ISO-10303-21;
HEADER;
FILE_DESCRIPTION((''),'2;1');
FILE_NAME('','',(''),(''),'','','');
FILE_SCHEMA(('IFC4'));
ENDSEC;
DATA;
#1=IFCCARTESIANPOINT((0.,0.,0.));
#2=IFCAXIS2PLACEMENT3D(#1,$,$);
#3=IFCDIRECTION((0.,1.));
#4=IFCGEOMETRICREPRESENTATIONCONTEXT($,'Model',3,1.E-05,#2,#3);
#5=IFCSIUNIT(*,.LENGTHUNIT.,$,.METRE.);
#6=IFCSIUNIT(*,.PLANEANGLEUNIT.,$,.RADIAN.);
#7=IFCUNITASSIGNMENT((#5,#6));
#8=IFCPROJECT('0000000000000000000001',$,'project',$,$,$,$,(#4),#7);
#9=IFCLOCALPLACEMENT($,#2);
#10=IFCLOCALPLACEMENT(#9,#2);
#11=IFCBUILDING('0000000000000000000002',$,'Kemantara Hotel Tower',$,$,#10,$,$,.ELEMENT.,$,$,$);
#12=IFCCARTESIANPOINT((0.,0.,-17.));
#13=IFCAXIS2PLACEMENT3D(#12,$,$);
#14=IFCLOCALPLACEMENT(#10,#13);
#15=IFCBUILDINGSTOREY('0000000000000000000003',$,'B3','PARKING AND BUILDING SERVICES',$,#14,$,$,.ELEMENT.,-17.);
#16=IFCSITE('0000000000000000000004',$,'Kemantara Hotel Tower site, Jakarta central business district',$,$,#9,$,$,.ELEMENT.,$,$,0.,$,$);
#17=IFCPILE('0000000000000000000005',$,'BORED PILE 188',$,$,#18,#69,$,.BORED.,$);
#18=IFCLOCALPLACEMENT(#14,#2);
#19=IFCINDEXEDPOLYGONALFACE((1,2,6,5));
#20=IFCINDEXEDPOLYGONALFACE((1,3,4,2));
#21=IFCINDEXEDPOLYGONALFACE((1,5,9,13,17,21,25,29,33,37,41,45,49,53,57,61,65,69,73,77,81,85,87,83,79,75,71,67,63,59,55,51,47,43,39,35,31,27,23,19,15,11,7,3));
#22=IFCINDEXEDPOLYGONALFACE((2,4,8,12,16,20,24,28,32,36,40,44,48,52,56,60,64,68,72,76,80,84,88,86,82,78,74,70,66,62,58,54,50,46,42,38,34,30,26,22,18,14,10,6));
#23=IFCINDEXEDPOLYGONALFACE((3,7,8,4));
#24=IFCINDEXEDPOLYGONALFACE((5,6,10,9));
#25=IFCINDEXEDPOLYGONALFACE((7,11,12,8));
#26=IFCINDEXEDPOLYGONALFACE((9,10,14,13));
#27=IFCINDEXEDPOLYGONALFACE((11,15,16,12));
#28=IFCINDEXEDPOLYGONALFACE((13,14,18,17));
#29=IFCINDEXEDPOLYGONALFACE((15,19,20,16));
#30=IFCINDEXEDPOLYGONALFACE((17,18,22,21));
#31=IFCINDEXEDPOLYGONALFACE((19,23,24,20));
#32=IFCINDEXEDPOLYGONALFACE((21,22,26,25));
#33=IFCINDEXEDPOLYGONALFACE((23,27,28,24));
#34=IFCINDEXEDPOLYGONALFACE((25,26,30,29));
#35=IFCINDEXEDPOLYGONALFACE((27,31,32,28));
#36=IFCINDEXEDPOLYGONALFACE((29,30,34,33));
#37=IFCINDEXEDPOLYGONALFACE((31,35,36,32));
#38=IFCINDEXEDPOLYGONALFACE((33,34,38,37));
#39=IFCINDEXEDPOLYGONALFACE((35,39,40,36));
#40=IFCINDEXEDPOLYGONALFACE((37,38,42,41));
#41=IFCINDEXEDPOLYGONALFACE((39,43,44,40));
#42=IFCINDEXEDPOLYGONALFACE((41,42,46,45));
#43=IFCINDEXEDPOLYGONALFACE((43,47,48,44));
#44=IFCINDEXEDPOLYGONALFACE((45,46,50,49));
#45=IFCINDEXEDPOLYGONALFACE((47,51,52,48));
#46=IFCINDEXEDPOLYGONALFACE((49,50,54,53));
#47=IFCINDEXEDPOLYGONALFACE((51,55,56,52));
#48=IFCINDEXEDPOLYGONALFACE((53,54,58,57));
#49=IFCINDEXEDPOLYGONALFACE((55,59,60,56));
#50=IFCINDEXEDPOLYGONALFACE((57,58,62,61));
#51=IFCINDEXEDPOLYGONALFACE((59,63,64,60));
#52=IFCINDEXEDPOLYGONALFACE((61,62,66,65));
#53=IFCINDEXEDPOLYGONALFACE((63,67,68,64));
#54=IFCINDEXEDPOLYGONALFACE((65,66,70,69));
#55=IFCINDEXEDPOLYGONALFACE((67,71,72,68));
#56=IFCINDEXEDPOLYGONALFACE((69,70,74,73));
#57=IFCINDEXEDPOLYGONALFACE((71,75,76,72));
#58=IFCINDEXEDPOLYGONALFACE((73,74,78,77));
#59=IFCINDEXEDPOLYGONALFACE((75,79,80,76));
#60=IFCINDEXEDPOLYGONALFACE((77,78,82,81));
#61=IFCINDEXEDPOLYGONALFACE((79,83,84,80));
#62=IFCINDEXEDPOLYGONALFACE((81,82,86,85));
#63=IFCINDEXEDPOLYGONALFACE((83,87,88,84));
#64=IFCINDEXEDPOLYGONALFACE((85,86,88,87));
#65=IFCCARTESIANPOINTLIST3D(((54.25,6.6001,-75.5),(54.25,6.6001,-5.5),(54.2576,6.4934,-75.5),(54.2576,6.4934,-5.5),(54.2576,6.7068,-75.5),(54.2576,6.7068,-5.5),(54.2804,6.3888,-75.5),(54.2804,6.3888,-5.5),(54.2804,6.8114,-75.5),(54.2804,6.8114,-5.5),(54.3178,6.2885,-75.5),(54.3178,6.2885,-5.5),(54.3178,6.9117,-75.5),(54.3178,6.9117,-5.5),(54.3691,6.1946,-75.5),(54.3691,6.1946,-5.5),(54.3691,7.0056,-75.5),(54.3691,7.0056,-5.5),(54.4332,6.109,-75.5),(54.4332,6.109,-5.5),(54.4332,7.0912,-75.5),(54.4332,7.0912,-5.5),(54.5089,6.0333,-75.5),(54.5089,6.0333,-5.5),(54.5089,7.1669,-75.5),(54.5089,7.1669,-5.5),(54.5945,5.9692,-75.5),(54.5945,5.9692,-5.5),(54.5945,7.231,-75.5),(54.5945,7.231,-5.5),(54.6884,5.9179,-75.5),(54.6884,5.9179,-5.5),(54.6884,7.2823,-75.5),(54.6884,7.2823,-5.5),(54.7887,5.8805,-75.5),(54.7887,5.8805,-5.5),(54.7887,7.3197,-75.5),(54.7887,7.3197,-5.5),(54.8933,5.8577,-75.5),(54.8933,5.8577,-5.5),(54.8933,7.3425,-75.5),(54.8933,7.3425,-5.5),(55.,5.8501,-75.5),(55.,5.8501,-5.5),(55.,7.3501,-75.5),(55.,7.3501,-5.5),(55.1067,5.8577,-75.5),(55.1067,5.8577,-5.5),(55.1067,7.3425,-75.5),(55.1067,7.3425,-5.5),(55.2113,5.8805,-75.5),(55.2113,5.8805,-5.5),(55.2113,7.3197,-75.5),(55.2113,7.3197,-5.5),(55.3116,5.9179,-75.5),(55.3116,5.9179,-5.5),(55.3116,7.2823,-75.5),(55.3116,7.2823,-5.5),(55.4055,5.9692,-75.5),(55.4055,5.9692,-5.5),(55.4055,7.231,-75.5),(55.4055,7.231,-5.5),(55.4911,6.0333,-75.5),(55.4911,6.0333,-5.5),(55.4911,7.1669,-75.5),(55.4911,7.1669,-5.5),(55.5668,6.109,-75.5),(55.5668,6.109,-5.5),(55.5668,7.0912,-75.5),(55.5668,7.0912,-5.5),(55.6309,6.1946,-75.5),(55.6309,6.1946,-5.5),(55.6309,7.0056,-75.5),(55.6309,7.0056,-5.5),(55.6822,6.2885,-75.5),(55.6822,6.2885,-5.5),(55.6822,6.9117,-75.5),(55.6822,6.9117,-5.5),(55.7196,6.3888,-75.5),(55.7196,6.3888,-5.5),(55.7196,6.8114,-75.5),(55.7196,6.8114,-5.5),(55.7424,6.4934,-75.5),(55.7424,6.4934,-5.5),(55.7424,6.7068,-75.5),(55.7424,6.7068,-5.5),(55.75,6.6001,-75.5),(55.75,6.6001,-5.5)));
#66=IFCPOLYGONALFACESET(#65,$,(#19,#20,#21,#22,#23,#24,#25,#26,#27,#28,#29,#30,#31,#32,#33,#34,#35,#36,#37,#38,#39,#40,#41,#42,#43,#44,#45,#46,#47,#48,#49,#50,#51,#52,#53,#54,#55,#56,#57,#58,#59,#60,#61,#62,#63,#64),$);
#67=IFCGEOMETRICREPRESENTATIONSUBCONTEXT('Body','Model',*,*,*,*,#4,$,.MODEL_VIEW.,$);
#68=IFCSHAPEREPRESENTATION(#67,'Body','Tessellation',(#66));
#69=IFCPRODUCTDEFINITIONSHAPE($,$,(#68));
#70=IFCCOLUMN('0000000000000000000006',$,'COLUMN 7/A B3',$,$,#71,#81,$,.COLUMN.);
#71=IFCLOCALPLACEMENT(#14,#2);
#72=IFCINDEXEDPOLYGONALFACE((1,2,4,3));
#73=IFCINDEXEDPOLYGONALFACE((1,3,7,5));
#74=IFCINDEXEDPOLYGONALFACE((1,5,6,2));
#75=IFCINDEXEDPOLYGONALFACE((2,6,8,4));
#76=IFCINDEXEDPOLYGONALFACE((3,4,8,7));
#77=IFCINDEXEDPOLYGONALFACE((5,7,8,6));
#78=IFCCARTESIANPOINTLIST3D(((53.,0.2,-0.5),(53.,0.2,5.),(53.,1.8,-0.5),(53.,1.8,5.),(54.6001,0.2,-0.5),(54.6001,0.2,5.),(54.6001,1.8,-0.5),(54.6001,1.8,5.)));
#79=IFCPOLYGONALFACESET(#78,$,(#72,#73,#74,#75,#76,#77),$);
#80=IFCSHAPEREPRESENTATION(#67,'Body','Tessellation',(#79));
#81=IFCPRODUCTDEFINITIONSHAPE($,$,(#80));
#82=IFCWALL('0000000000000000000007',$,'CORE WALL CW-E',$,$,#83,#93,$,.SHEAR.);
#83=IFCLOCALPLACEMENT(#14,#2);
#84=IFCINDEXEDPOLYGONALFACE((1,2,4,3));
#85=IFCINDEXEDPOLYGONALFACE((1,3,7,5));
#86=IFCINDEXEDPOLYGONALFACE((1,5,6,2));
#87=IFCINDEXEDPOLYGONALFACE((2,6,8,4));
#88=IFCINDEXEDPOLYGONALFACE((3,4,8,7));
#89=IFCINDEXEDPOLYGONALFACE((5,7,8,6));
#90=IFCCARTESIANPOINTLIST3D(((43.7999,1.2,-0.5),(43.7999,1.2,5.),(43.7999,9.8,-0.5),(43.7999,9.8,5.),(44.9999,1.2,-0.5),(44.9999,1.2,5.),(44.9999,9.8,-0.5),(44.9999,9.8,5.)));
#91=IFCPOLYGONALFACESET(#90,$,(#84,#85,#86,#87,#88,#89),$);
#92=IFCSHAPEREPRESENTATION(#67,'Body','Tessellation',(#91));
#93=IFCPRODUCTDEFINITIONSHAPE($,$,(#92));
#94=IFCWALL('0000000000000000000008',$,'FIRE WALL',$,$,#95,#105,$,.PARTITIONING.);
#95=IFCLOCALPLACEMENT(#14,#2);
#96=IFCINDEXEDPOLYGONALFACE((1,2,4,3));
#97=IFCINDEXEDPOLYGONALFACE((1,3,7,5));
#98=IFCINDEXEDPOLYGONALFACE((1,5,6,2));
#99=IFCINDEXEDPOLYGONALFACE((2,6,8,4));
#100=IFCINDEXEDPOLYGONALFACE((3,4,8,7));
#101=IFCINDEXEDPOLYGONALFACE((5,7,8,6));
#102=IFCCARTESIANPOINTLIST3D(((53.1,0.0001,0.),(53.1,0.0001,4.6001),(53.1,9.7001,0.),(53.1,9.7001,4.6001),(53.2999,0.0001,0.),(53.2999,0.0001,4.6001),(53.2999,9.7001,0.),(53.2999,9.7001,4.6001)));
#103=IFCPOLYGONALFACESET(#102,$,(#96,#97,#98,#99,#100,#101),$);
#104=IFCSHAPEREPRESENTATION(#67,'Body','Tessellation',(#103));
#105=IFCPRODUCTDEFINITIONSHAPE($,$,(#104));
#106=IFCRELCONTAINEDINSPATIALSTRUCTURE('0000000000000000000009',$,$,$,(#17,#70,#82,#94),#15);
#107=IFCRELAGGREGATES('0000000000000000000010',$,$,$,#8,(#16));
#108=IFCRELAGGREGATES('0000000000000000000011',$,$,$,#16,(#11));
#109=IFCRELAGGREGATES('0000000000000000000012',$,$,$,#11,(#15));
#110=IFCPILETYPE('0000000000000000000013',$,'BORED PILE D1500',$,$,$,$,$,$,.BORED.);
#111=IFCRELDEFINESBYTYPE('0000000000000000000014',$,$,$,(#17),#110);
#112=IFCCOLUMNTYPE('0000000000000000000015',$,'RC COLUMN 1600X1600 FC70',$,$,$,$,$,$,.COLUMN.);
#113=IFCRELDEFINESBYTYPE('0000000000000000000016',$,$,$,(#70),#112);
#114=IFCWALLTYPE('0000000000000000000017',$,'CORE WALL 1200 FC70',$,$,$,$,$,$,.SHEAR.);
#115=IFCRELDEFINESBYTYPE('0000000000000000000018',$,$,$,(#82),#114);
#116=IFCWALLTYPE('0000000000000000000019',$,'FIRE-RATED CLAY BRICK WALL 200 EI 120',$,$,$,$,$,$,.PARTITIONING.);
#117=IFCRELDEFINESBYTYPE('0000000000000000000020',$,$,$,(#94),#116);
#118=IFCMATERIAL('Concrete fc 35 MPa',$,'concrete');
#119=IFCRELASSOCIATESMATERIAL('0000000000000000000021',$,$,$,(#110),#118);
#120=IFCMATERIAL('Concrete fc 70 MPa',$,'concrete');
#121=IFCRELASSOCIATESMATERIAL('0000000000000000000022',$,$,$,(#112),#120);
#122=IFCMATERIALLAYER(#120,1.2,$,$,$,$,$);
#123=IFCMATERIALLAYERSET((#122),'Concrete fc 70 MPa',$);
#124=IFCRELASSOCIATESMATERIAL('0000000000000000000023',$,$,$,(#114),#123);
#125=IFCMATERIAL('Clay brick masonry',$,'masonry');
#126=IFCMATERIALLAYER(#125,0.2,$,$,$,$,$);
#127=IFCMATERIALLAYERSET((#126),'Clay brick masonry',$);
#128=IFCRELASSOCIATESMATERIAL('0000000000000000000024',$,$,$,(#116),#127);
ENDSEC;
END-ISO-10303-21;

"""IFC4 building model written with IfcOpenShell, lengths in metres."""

from ifc_helpers import new_model, si_unit, direction, frame, frame_2d, origin, origin_2d, place, context, subcontext, project, spatial, rectangle, circle, extrude, material, layer, layer_set, material_profile, profile_set, type_object, element, save


model = new_model("IFC4")

# Units and contexts
model_context = context("Model", 3, precision=1e-05, world=origin(), true_north=direction((0.0, 1.0)))
body_context = subcontext(model_context, "Body", "Model", "MODEL_VIEW")
ifc_project = project(units=[si_unit("LENGTHUNIT", "METRE"), si_unit("PLANEANGLEUNIT", "RADIAN")], contexts=[model_context])

# Site, building, storey
site_placement = place(None, origin())
site = spatial("IfcSite", under=ifc_project, at=site_placement, Name="Kemantara Hotel Tower site, Jakarta central business district", CompositionType="ELEMENT", RefElevation=0.0)
building_placement = place(site_placement, origin())
building = spatial("IfcBuilding", under=site, at=building_placement, Name="Kemantara Hotel Tower", CompositionType="ELEMENT")
storey_placement = place(building_placement, frame((0.0, 0.0, -17.0)))
storey = spatial("IfcBuildingStorey", under=building, at=storey_placement, Name="B3", Description="PARKING AND BUILDING SERVICES", CompositionType="ELEMENT", Elevation=-17.0)

# Pile
ifc_material_1 = material(Name="Concrete fc 35 MPa", Category="concrete")
ifc_material_profile_1 = material_profile(ifc_material_1, circle(Radius=0.75, at=origin_2d()), Name="BORED PILE D1500")
ifc_profile_set_1 = profile_set([ifc_material_profile_1], Name="Concrete fc 35 MPa")
pile_type = type_object("IfcPileType", Name="BORED PILE D1500", PredefinedType="BORED", material=ifc_profile_set_1)
for number, where, z_axis, x_axis, name in (
    (1, (55.0, 6.6001, -5.5), (0.0, 0.0, -1.0), (1.0, 0.0, 0.0), "BORED PILE 188"),
):
    element("IfcPile", number, at=place(storey_placement, frame(where, z_axis=z_axis, x_axis=x_axis)), inside=storey, type_object=pile_type, Name=name, PredefinedType="BORED", context=body_context, shape_type="SweptSolid", body=[
        extrude(circle(Radius=0.75, at=origin_2d()), origin(), (0.0, 0.0, 1.0), 70.0),
    ])

# Column
ifc_material_2 = material(Name="Concrete fc 70 MPa", Category="concrete")
ifc_material_profile_2 = material_profile(ifc_material_2, rectangle(XDim=1.6001, YDim=1.6001, at=origin_2d()), Name="RC 1600X1600")
ifc_profile_set_2 = profile_set([ifc_material_profile_2], Name="Concrete fc 70 MPa")
column_type = type_object("IfcColumnType", Name="RC COLUMN 1600X1600 FC70", PredefinedType="COLUMN", material=ifc_profile_set_2)
column_placement = place(storey_placement, frame((53.8, 1.0, -0.5), z_axis=(0.0, 0.0, 1.0), x_axis=(1.0, 0.0, 0.0)))
element("IfcColumn", 2, at=column_placement, inside=storey, type_object=column_type, Name="COLUMN 7/A B3", PredefinedType="COLUMN", context=body_context, shape_type="SweptSolid", body=[
    extrude(rectangle(XDim=1.6001, YDim=1.6001, at=origin_2d()), origin(), (0.0, 0.0, 1.0), 5.5),
])

# Walls
ifc_layer_1 = layer(ifc_material_2, 1.2)
ifc_layer_set_1 = layer_set([ifc_layer_1], Name="Concrete fc 70 MPa")
wall_type_1 = type_object("IfcWallType", Name="CORE WALL 1200 FC70", PredefinedType="SHEAR", material=ifc_layer_set_1)
wall_1_placement = place(storey_placement, frame((44.3999, 1.2, -0.5), z_axis=(0.0, 0.0, 1.0), x_axis=(0.0, 1.0, 0.0)))
element("IfcWall", 3, at=wall_1_placement, inside=storey, type_object=wall_type_1, Name="CORE WALL CW-E", PredefinedType="SHEAR", context=body_context, shape_type="SweptSolid", body=[
    extrude(rectangle(XDim=8.6001, YDim=1.2, at=frame_2d((4.3, 0.0))), origin(), (0.0, 0.0, 1.0), 5.5),
])
ifc_material_3 = material(Name="Clay brick masonry", Category="masonry")
ifc_layer_2 = layer(ifc_material_3, 0.2)
ifc_layer_set_2 = layer_set([ifc_layer_2], Name="Clay brick masonry")
wall_type_2 = type_object("IfcWallType", Name="FIRE-RATED CLAY BRICK WALL 200 EI 120", PredefinedType="PARTITIONING", material=ifc_layer_set_2)
wall_2_placement = place(storey_placement, frame((53.2, 0.0, 0.0), z_axis=(0.0, 0.0, 1.0), x_axis=(0.0, 1.0, 0.0)))
element("IfcWall", 4, at=wall_2_placement, inside=storey, type_object=wall_type_2, Name="FIRE WALL", PredefinedType="PARTITIONING", context=body_context, shape_type="SweptSolid", body=[
    extrude(rectangle(XDim=9.7, YDim=0.2, at=frame_2d((4.8501, 0.0))), origin(), (0.0, 0.0, 1.0), 4.6001),
])

save(model, "model.ifc")
